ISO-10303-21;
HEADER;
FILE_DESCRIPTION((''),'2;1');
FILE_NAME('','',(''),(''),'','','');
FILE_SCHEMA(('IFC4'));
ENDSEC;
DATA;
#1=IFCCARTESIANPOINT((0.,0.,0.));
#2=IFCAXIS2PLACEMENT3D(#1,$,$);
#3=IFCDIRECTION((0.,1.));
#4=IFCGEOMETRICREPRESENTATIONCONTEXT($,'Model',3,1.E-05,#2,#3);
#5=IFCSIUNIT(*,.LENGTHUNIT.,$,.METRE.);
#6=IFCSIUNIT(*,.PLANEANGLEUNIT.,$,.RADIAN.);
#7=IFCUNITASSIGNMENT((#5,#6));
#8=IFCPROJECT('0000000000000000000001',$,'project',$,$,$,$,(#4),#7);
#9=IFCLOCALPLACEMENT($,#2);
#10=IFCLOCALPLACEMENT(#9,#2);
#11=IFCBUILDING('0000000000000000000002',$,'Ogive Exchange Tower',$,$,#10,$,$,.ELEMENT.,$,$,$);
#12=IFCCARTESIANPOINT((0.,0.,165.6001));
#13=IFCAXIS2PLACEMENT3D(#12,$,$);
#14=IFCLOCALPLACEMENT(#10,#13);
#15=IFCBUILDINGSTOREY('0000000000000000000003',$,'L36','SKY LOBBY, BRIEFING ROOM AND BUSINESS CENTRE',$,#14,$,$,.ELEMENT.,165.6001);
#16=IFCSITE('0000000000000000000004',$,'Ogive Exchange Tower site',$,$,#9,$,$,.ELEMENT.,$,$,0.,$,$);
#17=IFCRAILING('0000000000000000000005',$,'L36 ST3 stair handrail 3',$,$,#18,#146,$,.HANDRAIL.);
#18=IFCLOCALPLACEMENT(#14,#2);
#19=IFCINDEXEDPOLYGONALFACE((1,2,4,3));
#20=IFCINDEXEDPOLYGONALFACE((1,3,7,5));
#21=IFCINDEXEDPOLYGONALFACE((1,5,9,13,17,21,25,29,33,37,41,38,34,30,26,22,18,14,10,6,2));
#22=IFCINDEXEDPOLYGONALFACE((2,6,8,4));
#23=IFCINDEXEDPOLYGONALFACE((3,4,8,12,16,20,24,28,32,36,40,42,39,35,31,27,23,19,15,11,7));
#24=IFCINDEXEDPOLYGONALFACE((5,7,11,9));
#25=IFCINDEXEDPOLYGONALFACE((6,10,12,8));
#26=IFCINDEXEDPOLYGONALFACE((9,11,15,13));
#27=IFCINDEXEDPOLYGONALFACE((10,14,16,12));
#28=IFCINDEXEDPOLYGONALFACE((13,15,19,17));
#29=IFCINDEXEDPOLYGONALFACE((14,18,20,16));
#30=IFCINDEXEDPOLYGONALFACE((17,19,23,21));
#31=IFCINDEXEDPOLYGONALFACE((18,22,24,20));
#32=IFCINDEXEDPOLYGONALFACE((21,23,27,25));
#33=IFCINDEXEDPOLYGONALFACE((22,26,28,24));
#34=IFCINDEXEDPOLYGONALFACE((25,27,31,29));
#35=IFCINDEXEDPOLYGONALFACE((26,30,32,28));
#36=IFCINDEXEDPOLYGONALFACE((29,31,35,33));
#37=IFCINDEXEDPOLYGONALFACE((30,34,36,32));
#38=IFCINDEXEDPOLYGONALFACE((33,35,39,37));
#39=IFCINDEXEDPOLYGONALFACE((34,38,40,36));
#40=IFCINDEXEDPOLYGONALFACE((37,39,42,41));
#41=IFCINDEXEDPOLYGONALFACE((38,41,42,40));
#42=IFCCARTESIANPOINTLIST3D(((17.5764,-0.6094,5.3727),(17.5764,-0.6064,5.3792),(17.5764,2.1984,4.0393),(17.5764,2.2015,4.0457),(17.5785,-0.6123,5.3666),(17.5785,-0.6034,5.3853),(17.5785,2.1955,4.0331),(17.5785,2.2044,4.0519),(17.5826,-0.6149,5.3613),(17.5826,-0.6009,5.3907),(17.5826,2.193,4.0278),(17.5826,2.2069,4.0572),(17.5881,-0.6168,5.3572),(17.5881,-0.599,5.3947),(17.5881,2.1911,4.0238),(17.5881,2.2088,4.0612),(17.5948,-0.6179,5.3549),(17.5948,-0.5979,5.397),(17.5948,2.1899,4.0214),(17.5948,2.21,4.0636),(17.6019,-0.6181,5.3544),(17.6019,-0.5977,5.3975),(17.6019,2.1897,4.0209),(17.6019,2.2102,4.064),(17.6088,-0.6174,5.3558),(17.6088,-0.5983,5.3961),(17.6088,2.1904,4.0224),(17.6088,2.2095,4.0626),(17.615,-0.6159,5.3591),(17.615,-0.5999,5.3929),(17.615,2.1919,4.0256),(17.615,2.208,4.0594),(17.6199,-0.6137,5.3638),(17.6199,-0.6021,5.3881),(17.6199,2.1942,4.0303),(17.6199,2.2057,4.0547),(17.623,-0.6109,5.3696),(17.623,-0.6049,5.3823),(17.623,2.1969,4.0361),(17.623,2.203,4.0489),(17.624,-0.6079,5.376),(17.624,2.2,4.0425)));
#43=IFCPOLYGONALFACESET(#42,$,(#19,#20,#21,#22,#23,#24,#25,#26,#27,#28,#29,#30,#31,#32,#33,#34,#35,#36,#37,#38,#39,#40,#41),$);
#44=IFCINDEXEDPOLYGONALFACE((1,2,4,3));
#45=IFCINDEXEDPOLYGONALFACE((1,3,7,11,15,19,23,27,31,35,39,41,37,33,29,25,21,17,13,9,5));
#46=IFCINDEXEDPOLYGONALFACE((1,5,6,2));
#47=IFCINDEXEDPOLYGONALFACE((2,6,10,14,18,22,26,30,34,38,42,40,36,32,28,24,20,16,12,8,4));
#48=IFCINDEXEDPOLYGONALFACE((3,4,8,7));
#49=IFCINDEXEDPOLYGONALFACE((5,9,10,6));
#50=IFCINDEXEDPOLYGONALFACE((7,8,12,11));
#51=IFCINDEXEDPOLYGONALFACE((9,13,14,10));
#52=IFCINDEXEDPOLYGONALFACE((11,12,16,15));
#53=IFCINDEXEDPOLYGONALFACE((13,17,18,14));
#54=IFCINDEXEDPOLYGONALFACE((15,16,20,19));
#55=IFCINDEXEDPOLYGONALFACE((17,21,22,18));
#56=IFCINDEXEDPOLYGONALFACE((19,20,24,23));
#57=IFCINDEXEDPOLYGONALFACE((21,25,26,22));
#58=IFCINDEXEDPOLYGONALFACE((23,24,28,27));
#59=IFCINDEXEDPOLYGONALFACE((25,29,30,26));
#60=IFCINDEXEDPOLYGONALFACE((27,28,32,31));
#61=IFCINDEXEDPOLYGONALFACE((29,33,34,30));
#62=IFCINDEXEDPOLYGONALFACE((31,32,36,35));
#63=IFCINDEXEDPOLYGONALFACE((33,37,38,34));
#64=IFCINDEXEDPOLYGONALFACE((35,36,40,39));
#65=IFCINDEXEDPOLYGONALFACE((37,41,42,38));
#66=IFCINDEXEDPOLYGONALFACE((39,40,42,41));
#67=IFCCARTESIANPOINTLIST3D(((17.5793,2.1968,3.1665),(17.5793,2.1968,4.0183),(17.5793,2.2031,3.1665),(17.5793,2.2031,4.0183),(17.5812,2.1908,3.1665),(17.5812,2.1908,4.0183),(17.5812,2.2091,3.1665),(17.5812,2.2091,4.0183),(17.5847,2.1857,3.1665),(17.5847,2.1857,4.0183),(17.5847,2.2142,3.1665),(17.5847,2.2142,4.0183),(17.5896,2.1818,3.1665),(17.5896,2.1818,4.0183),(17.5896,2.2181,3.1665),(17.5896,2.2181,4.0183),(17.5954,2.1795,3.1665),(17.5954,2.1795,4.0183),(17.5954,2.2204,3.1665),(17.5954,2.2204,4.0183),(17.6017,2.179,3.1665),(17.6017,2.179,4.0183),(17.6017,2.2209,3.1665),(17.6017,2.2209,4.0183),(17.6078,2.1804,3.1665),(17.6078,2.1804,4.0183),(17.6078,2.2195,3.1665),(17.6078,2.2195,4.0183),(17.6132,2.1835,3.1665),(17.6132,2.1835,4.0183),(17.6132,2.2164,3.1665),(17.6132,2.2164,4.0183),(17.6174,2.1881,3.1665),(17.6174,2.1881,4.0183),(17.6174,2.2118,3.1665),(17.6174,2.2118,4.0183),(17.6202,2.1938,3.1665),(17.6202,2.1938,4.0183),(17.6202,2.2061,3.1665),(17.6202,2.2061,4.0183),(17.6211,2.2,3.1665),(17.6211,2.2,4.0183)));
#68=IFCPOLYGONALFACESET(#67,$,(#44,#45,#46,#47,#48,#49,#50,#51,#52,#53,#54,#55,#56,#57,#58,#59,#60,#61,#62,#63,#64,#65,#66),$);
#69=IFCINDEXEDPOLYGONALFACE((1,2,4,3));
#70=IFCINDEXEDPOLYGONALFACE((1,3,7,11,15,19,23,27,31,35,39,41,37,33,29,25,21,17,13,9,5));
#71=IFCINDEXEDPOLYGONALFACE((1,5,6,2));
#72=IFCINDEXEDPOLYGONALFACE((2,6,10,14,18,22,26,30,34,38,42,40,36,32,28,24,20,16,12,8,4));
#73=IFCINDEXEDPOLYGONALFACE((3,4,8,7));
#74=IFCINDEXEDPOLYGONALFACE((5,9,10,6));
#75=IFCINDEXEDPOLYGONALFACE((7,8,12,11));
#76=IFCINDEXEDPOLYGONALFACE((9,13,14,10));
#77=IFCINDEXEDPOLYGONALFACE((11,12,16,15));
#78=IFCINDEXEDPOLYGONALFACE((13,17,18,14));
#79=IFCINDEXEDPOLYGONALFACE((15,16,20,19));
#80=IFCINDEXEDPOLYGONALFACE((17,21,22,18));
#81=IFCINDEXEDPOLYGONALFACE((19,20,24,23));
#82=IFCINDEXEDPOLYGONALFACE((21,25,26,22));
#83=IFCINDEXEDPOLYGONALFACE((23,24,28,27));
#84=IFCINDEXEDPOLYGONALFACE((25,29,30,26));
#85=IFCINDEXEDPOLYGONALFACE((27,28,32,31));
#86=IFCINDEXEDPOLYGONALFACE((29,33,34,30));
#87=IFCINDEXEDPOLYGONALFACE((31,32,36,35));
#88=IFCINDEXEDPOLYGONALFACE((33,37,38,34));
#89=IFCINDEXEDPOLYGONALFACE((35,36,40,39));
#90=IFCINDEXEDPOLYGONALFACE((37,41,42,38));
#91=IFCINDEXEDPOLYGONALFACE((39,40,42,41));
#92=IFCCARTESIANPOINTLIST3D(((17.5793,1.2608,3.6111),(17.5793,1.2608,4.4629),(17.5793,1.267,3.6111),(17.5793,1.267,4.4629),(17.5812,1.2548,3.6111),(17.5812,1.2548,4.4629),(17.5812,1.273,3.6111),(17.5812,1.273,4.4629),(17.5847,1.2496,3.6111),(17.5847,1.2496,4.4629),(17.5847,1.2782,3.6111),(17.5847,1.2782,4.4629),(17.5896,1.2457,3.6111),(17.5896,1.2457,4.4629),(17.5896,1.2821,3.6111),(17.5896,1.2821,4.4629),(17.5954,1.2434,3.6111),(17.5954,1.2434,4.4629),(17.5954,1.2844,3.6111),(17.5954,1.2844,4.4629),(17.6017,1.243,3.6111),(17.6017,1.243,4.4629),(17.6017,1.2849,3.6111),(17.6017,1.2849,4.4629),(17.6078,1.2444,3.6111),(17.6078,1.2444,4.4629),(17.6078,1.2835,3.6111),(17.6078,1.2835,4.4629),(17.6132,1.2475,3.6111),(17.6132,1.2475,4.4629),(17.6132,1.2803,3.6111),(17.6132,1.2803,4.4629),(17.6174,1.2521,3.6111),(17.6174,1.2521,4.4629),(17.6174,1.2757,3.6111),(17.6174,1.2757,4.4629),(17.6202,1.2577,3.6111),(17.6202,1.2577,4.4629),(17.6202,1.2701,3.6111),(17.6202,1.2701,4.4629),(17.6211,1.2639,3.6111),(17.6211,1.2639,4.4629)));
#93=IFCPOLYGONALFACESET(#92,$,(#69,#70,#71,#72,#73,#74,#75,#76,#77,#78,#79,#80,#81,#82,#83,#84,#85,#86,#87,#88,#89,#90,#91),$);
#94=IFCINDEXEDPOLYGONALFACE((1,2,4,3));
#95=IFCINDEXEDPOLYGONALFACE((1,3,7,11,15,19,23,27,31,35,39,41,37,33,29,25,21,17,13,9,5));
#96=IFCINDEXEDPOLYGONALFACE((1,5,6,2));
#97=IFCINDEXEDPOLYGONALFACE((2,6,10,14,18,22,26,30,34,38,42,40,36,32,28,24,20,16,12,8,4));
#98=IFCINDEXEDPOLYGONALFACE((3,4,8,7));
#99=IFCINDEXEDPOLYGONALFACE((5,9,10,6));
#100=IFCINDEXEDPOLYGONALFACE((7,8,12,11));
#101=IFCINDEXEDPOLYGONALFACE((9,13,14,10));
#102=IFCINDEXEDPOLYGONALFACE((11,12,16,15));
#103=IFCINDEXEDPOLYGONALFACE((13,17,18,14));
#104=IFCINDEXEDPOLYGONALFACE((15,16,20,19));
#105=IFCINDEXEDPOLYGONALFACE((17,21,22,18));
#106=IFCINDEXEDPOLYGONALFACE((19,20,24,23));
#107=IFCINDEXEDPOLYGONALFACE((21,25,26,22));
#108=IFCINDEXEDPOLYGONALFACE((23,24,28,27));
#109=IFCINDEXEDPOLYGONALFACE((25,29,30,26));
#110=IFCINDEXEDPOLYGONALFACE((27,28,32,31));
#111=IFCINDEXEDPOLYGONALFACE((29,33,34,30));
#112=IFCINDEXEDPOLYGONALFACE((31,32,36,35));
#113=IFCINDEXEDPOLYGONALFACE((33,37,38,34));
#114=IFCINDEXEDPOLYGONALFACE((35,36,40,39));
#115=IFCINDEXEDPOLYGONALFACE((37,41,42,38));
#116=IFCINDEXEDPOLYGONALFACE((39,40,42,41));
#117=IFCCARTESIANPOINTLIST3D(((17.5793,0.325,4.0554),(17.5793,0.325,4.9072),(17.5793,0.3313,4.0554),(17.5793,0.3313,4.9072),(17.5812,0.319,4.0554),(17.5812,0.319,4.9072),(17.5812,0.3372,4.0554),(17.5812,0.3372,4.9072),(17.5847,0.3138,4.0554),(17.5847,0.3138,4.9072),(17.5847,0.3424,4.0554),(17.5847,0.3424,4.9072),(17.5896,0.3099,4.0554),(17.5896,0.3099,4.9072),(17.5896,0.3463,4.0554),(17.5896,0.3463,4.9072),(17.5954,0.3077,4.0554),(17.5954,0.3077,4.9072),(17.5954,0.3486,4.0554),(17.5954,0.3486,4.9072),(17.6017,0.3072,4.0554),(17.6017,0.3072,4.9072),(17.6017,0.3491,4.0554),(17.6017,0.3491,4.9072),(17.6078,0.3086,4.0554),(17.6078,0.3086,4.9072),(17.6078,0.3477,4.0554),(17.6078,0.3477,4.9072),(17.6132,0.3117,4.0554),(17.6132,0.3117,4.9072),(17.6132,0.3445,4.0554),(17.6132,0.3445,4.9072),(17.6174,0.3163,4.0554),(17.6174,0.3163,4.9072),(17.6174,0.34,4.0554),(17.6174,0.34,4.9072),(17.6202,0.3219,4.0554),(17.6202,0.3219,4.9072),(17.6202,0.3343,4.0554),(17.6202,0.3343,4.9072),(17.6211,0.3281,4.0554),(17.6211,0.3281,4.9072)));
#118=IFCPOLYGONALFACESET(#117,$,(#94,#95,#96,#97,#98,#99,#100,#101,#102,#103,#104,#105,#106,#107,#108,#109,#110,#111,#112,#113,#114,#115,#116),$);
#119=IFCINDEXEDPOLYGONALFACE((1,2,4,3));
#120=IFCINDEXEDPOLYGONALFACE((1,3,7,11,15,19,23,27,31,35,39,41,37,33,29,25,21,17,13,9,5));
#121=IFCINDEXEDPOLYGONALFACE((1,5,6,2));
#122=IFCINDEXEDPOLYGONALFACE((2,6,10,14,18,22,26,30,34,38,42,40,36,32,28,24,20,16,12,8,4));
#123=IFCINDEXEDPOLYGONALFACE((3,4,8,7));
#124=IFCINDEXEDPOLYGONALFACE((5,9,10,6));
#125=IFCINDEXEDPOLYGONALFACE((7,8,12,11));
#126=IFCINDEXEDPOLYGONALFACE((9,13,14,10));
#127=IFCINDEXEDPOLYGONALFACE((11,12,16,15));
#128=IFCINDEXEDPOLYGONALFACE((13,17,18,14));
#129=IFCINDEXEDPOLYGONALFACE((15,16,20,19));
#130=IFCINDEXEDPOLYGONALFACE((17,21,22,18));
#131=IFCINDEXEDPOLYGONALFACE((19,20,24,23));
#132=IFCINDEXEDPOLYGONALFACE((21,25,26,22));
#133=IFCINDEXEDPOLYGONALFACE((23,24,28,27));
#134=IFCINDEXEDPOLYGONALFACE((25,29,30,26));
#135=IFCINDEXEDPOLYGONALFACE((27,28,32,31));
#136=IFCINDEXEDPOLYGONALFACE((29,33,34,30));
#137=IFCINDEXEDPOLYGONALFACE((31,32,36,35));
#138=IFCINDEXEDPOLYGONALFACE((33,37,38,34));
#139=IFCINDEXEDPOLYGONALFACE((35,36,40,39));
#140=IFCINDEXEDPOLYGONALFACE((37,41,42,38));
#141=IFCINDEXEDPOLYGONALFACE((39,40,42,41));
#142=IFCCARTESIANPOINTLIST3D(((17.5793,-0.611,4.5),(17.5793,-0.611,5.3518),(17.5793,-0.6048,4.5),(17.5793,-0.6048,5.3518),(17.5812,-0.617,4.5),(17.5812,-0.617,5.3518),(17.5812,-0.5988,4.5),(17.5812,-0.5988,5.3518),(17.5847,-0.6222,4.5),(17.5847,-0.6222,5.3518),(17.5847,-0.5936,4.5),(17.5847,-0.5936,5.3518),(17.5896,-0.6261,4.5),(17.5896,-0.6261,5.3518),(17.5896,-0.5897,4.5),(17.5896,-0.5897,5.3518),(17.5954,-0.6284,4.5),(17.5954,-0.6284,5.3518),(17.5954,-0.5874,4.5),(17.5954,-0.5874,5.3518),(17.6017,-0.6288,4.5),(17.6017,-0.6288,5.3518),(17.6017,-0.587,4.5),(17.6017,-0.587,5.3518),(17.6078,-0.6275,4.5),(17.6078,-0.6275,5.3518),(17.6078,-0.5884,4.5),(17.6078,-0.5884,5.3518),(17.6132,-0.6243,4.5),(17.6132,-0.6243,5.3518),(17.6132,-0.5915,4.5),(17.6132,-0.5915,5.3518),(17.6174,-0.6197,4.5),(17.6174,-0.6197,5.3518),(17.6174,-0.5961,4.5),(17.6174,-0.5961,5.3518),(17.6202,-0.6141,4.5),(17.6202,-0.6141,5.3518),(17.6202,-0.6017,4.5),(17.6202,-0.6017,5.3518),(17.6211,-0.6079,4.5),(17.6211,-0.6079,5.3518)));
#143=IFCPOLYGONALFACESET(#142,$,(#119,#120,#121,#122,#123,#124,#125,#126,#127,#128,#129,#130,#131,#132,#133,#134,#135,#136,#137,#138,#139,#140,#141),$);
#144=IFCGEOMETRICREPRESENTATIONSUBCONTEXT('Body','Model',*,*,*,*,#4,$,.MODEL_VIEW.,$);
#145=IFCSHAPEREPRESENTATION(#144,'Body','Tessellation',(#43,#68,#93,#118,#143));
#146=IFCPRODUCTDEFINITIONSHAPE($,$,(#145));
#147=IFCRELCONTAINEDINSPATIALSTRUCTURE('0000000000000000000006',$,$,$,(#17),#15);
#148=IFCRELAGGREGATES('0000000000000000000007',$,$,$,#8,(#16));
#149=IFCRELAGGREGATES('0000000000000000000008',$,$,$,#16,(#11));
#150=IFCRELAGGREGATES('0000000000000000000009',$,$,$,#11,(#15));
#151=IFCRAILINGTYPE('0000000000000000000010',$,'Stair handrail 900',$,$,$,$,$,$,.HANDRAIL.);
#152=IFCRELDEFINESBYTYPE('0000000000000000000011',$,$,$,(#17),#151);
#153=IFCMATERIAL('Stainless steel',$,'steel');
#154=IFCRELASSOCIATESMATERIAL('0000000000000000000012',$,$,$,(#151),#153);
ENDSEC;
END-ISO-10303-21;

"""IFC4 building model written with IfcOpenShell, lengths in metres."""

from ifc_helpers import new_model, si_unit, direction, frame, origin, origin_2d, place, context, subcontext, project, spatial, circle, extrude, material, type_object, element, save


model = new_model("IFC4")

# Units and contexts
model_context = context("Model", 3, precision=1e-05, world=origin(), true_north=direction((0.0, 1.0)))
body_context = subcontext(model_context, "Body", "Model", "MODEL_VIEW")
ifc_project = project(units=[si_unit("LENGTHUNIT", "METRE"), si_unit("PLANEANGLEUNIT", "RADIAN")], contexts=[model_context])

# Site, building, storey
site_placement = place(None, origin())
site = spatial("IfcSite", under=ifc_project, at=site_placement, Name="Ogive Exchange Tower site", CompositionType="ELEMENT", RefElevation=0.0)
building_placement = place(site_placement, origin())
building = spatial("IfcBuilding", under=site, at=building_placement, Name="Ogive Exchange Tower", CompositionType="ELEMENT")
storey_placement = place(building_placement, frame((0.0, 0.0, 165.6001)))
storey = spatial("IfcBuildingStorey", under=building, at=storey_placement, Name="L36", Description="SKY LOBBY, BRIEFING ROOM AND BUSINESS CENTRE", CompositionType="ELEMENT", Elevation=165.6001)

# Shared definitions
ifc_material_1 = material(Name="Stainless steel", Category="steel")

# Railing
railing_type = type_object("IfcRailingType", Name="Stair handrail 900", PredefinedType="HANDRAIL", material=ifc_material_1)
for number, where, name in (
    (1, (17.6001, 2.2, 3.1665), "L36 ST3 stair handrail 3"),
):
    element("IfcRailing", number, at=place(storey_placement, frame(where)), inside=storey, type_object=railing_type, Name=name, PredefinedType="HANDRAIL", context=body_context, shape_type="SweptSolid", body=[
        extrude(circle(Radius=0.0239, at=origin_2d()), frame((0.0, 0.0, 0.876), z_axis=(0.0, -0.903307, 0.428994), x_axis=(1.0, 0.0, 0.0)), (0.0, 0.0, 1.0), 3.1084),
        extrude(circle(Radius=0.021, at=origin_2d()), origin(), (0.0, 0.0, 1.0), 0.8518),
        extrude(circle(Radius=0.021, at=origin_2d()), frame((0.0, -0.936, 0.4446)), (0.0, 0.0, 1.0), 0.8518),
        extrude(circle(Radius=0.021, at=origin_2d()), frame((0.0, -1.8718, 0.8889)), (0.0, 0.0, 1.0), 0.8518),
        extrude(circle(Radius=0.021, at=origin_2d()), frame((0.0, -2.8079, 1.3335)), (0.0, 0.0, 1.0), 0.8518),
    ])

save(model, "model.ifc")
